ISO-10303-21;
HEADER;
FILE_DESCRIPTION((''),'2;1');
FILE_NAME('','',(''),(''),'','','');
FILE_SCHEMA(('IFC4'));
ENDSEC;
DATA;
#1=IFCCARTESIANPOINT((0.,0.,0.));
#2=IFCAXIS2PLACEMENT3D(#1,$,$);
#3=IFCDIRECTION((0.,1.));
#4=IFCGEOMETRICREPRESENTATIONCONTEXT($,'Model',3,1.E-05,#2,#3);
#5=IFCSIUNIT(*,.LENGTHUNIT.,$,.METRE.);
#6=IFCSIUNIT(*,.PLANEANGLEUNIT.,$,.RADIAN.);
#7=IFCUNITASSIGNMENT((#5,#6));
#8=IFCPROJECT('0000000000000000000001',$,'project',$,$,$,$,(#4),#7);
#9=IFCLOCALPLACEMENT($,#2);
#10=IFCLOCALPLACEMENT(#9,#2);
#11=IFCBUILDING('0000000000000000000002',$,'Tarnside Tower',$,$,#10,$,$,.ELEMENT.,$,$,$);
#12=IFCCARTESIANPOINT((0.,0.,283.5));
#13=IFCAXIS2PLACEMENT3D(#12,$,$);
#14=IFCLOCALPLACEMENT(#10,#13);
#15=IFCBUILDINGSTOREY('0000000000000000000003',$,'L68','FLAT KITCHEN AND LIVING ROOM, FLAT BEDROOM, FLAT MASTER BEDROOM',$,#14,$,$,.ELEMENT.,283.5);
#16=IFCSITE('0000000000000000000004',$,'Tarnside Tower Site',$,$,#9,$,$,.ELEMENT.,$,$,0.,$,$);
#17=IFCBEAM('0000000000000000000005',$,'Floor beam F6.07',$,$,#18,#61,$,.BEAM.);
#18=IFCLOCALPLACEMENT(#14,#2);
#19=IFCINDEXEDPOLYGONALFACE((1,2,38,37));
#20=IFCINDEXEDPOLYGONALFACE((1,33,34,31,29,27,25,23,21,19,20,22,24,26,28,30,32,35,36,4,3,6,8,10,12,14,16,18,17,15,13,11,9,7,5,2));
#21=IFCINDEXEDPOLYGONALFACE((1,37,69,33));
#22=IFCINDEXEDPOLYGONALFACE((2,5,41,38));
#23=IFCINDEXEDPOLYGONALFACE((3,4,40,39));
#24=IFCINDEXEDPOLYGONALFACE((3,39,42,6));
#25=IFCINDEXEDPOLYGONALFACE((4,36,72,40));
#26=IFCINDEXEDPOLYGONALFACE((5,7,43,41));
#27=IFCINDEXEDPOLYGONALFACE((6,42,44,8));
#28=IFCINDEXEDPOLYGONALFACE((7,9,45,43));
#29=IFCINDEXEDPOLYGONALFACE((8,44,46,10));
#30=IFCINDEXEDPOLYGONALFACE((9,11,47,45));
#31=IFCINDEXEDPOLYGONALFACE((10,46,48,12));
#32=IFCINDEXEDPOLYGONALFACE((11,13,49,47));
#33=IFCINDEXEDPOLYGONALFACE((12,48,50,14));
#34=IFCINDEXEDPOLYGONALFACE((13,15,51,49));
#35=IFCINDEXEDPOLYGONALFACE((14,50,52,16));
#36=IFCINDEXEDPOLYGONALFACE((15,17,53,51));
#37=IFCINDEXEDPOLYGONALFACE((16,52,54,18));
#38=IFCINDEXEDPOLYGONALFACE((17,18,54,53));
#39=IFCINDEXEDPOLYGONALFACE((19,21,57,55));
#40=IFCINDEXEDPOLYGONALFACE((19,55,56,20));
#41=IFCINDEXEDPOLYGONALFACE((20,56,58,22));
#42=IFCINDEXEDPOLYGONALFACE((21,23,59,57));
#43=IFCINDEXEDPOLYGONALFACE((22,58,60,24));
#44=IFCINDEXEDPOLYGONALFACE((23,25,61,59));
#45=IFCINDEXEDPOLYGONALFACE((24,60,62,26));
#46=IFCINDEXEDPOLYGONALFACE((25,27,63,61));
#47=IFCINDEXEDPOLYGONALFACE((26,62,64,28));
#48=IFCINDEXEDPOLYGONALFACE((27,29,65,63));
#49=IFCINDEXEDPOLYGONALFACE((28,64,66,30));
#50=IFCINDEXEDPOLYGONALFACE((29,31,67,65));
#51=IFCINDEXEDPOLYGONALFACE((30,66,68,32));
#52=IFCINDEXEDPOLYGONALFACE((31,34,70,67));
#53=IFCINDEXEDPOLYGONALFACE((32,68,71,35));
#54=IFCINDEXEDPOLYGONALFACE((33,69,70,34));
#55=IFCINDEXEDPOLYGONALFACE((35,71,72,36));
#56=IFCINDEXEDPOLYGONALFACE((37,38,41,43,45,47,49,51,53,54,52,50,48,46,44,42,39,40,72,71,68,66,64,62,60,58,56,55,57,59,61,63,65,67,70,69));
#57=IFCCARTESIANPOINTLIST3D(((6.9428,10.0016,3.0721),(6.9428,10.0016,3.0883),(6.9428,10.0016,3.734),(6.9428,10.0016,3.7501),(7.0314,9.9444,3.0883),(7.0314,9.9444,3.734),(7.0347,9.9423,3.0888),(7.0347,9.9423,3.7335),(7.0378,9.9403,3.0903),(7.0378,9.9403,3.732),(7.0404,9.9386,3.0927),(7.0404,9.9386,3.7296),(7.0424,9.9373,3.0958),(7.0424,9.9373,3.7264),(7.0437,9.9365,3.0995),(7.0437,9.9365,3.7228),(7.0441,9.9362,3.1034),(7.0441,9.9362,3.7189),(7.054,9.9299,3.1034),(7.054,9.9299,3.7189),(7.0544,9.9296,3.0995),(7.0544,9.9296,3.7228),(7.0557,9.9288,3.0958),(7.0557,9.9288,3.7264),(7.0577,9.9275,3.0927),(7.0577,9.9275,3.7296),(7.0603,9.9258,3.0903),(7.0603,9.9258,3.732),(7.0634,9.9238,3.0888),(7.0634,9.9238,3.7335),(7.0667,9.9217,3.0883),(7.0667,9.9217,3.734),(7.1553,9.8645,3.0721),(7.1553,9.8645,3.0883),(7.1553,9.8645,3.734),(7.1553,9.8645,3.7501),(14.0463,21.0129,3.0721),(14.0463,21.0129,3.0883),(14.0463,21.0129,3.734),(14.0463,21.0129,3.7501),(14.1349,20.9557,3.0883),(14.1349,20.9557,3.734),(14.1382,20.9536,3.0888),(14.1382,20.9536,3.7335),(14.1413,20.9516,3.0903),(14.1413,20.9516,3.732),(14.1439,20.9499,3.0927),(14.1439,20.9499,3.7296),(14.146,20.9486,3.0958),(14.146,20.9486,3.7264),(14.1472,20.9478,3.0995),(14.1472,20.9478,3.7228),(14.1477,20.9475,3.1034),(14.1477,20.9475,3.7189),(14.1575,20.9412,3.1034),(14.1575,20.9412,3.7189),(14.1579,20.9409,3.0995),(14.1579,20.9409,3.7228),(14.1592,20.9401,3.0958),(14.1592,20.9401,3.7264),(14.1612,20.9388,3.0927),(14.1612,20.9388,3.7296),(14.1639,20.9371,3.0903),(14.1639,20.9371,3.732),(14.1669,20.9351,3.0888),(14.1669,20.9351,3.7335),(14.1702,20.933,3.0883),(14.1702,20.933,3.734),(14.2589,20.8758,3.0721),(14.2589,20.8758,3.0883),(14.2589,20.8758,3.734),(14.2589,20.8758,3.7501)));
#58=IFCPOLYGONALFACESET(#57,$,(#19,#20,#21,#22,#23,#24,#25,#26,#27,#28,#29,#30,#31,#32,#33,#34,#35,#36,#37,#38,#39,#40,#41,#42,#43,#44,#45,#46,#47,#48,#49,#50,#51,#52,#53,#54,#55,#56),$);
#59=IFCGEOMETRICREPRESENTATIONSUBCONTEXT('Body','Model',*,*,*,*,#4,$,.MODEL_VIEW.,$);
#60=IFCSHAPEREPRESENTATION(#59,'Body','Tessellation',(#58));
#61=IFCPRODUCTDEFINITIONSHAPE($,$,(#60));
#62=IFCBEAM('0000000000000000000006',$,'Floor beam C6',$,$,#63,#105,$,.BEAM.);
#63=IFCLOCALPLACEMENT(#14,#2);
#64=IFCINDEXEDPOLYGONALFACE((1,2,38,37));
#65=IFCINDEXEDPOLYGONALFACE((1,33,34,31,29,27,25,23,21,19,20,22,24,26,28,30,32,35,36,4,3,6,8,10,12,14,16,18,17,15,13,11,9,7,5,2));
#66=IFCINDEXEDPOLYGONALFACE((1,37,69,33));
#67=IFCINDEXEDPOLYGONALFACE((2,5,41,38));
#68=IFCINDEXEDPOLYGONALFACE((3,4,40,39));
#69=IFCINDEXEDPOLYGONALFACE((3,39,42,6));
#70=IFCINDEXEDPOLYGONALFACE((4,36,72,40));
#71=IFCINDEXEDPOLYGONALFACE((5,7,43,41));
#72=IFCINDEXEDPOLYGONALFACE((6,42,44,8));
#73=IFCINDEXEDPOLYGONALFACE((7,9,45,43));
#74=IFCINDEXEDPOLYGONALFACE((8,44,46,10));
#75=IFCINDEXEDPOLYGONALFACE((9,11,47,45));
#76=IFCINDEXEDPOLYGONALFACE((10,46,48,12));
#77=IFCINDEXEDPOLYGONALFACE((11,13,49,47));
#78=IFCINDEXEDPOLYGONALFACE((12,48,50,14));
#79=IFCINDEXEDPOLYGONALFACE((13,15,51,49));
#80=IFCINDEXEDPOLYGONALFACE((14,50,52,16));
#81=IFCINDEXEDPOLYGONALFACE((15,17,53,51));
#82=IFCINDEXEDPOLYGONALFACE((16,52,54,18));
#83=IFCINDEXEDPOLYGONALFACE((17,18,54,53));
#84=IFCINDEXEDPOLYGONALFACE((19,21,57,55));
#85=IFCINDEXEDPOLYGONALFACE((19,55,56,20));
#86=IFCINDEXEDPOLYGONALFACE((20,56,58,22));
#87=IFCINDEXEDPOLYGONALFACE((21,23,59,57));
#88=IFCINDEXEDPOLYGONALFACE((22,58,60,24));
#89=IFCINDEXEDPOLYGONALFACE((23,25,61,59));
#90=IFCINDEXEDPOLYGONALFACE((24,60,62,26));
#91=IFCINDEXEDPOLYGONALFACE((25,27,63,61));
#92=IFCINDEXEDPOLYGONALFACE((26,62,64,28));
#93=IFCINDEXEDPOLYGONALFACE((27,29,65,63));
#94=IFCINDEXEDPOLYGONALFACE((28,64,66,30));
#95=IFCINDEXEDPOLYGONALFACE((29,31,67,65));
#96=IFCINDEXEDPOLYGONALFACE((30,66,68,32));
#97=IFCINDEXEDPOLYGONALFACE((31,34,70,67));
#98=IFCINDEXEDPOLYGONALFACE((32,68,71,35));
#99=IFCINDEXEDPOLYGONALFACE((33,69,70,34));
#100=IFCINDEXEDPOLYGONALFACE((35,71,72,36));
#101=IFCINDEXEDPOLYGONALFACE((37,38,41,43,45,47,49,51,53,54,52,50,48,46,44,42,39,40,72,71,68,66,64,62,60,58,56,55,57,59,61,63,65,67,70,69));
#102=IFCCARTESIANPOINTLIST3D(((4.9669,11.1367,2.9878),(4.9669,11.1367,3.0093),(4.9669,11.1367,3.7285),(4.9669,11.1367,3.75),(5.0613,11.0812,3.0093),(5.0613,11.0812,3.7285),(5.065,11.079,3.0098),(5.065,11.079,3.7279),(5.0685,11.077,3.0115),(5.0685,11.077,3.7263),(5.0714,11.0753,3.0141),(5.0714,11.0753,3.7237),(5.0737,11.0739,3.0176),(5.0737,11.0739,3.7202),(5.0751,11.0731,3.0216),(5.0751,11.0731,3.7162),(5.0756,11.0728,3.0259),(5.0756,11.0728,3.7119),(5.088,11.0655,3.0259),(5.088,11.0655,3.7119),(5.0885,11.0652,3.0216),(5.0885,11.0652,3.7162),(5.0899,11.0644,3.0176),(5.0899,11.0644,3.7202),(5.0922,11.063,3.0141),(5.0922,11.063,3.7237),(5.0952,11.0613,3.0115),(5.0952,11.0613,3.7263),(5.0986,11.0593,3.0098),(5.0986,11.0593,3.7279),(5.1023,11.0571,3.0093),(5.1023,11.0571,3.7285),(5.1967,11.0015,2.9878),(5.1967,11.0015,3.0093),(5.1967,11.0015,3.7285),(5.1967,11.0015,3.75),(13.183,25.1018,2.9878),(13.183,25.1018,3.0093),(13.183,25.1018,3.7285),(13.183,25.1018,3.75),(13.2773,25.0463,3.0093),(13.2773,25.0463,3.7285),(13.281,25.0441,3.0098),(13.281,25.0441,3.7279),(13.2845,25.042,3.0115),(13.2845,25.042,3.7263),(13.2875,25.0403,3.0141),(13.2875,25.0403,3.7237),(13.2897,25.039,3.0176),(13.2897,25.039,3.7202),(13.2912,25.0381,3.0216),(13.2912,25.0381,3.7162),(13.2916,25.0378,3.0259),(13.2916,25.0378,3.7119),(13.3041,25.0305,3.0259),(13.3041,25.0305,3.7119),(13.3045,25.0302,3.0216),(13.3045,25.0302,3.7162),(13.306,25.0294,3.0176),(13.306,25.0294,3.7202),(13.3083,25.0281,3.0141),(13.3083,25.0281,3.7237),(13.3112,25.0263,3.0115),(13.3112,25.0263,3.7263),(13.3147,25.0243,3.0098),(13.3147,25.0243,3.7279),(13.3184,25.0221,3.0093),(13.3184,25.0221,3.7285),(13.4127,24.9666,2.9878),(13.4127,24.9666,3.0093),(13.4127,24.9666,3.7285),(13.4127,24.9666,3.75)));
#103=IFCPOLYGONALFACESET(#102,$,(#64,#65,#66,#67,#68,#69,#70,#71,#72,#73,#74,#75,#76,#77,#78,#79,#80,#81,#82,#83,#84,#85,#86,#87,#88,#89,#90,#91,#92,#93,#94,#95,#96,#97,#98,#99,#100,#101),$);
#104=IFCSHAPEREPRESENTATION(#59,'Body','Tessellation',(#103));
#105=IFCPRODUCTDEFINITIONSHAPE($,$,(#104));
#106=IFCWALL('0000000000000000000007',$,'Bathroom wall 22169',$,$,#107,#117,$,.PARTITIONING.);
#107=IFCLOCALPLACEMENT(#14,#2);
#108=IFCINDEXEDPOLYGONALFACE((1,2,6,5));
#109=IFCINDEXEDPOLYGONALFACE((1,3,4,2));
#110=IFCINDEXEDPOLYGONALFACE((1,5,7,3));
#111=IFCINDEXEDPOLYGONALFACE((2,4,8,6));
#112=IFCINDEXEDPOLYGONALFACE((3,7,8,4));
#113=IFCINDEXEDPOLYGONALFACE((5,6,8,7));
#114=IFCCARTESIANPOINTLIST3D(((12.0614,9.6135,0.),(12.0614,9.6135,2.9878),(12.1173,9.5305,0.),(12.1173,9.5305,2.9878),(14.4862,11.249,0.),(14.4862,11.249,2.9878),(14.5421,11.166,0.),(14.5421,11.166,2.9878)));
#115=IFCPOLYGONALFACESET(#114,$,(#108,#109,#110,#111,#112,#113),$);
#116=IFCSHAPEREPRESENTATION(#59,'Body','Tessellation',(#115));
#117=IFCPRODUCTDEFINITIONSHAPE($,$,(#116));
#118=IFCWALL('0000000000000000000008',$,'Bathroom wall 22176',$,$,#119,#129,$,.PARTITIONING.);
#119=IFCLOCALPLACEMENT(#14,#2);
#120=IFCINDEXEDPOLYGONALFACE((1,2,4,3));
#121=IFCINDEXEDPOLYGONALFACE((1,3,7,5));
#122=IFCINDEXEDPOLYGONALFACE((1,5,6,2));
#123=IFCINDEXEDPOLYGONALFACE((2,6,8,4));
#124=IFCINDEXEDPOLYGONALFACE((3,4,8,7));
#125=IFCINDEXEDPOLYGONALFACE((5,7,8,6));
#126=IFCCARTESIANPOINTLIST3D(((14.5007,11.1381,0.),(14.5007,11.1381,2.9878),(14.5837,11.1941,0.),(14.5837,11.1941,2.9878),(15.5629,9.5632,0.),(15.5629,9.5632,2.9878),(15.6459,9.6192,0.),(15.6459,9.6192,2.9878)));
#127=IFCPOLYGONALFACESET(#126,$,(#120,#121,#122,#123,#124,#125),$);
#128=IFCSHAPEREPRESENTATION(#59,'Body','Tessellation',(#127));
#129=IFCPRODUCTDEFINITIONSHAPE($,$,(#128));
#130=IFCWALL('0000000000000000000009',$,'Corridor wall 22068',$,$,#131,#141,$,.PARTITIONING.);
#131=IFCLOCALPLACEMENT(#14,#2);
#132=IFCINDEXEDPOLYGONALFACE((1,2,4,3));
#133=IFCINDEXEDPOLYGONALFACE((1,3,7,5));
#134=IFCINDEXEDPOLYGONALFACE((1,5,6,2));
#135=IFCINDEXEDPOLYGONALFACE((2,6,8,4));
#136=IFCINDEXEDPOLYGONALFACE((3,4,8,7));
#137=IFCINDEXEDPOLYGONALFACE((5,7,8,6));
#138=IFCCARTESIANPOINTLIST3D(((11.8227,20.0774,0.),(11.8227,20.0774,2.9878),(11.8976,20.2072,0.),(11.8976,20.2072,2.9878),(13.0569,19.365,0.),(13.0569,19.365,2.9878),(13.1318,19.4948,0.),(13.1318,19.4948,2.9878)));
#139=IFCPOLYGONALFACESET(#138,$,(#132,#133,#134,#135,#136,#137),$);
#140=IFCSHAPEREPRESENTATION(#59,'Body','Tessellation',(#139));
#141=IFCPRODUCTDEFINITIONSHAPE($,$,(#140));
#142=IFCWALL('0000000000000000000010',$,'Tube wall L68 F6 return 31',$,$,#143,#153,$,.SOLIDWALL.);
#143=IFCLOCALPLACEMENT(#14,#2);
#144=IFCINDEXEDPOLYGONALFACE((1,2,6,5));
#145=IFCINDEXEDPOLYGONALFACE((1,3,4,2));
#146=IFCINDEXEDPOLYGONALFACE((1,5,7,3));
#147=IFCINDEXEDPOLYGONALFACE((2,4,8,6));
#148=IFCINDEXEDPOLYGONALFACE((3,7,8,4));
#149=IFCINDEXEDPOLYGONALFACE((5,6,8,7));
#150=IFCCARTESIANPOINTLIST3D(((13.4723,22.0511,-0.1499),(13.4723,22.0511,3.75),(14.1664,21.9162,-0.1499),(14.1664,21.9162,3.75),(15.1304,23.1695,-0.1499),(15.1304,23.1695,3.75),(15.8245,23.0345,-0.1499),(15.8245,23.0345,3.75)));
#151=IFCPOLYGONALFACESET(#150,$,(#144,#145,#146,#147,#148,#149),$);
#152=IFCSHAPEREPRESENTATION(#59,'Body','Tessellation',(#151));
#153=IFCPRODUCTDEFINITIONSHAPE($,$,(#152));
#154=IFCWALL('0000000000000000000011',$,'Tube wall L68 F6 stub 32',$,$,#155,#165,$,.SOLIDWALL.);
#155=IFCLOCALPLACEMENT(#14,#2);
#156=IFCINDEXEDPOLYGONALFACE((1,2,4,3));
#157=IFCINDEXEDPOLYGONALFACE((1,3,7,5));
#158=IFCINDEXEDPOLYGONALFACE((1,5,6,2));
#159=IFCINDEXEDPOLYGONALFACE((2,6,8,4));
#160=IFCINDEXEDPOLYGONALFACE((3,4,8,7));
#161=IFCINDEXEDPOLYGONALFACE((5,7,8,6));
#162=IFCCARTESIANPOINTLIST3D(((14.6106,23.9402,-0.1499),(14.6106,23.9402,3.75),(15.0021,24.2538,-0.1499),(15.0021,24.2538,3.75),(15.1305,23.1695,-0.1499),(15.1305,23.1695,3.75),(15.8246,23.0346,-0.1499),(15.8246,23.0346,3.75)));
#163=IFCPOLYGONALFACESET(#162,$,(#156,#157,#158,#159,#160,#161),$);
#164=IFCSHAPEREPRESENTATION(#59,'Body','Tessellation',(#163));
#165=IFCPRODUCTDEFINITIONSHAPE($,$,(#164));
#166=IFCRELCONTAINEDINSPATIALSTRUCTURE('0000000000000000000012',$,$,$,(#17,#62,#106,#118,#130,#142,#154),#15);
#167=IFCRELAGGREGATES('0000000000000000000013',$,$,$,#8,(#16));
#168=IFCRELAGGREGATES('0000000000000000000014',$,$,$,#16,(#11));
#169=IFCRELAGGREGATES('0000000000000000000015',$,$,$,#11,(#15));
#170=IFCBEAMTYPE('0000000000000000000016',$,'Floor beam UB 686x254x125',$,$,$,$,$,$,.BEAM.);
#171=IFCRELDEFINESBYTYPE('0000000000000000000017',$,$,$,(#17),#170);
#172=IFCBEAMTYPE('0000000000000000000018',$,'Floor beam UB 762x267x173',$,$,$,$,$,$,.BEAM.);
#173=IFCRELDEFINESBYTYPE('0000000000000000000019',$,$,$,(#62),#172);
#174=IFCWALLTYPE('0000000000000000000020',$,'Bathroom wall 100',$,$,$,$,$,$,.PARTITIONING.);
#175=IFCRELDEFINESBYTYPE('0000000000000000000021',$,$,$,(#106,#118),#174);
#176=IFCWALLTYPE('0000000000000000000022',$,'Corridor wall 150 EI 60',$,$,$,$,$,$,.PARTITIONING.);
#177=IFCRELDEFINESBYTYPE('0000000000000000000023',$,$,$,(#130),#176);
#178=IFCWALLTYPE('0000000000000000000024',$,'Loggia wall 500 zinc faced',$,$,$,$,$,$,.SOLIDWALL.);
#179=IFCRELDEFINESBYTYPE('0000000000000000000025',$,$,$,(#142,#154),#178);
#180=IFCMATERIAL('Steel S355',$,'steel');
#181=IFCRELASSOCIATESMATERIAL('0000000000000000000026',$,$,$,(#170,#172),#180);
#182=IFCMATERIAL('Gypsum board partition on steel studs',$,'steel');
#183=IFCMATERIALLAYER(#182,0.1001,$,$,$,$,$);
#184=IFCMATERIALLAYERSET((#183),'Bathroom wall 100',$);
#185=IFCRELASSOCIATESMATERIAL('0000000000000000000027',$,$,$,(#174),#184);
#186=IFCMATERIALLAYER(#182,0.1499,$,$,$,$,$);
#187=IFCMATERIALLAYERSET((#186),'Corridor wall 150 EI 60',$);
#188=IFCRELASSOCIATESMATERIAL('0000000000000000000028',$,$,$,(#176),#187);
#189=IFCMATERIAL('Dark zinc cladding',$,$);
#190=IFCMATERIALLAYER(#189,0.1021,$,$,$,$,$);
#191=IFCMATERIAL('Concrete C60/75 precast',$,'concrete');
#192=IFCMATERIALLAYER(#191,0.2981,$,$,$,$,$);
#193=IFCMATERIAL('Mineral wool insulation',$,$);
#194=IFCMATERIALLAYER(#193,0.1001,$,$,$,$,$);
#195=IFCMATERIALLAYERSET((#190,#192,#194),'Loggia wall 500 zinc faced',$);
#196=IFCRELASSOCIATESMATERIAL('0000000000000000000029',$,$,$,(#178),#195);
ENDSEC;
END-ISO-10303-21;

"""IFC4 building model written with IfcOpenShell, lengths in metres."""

from ifc_helpers import new_model, si_unit, direction, frame, frame_2d, origin, origin_2d, place, context, subcontext, project, spatial, polyline, rectangle, i_section, outline, extrude, material, layer, layer_set, material_profile, profile_set, type_object, element, save


model = new_model("IFC4")

# Units and contexts
model_context = context("Model", 3, precision=1e-05, world=origin(), true_north=direction((0.0, 1.0)))
body_context = subcontext(model_context, "Body", "Model", "MODEL_VIEW")
ifc_project = project(units=[si_unit("LENGTHUNIT", "METRE"), si_unit("PLANEANGLEUNIT", "RADIAN")], contexts=[model_context])

# Site, building, storey
site_placement = place(None, origin())
site = spatial("IfcSite", under=ifc_project, at=site_placement, Name="Tarnside Tower Site", CompositionType="ELEMENT", RefElevation=0.0)
building_placement = place(site_placement, origin())
building = spatial("IfcBuilding", under=site, at=building_placement, Name="Tarnside Tower", CompositionType="ELEMENT")
storey_placement = place(building_placement, frame((0.0, 0.0, 283.5)))
storey = spatial("IfcBuildingStorey", under=building, at=storey_placement, Name="L68", Description="FLAT KITCHEN AND LIVING ROOM, FLAT BEDROOM, FLAT MASTER BEDROOM", CompositionType="ELEMENT", Elevation=283.5)

# Beams
ifc_material_1 = material(Name="Steel S355", Category="steel")
ifc_material_profile_1 = material_profile(ifc_material_1, i_section(OverallWidth=0.2529, OverallDepth=0.678, WebThickness=0.0117, FlangeThickness=0.0161, FilletRadius=0.0151, at=origin_2d()), Name="UB 686x254x125")
ifc_profile_set_1 = profile_set([ifc_material_profile_1], Name="Steel S355")
beam_type_1 = type_object("IfcBeamType", Name="Floor beam UB 686x254x125", PredefinedType="BEAM", material=ifc_profile_set_1)
beam_1_placement = place(storey_placement, frame((14.1526, 20.9443, 3.4111), z_axis=(-0.5421, -0.840314, 0.0), x_axis=(0.840314, -0.5421, 0.0)))
element("IfcBeam", 1, at=beam_1_placement, inside=storey, type_object=beam_type_1, Name="Floor beam F6.07", PredefinedType="BEAM", context=body_context, shape_type="SweptSolid", body=[
    extrude(i_section(OverallWidth=0.2529, OverallDepth=0.678, WebThickness=0.0117, FlangeThickness=0.0161, FilletRadius=0.0151, at=origin_2d()), origin(), (0.0, 0.0, 1.0), 13.1038),
])
ifc_material_profile_2 = material_profile(ifc_material_1, i_section(OverallWidth=0.2666, OverallDepth=0.7622, WebThickness=0.0144, FlangeThickness=0.0215, FilletRadius=0.0166, at=origin_2d()), Name="UB 762x267x173")
ifc_profile_set_2 = profile_set([ifc_material_profile_2], Name="Steel S355")
beam_type_2 = type_object("IfcBeamType", Name="Floor beam UB 762x267x173", PredefinedType="BEAM", material=ifc_profile_set_2)
beam_2_placement = place(storey_placement, frame((13.2979, 25.0342, 3.3689), z_axis=(-0.50708, -0.861899, 0.0), x_axis=(0.861899, -0.50708, 0.0)))
element("IfcBeam", 2, at=beam_2_placement, inside=storey, type_object=beam_type_2, Name="Floor beam C6", PredefinedType="BEAM", context=body_context, shape_type="SweptSolid", body=[
    extrude(i_section(OverallWidth=0.2666, OverallDepth=0.7622, WebThickness=0.0144, FlangeThickness=0.0215, FilletRadius=0.0166, at=origin_2d()), origin(), (0.0, 0.0, 1.0), 16.2026),
])

# Walls
ifc_material_2 = material(Name="Gypsum board partition on steel studs", Category="steel")
ifc_layer_1 = layer(ifc_material_2, 0.1001)
ifc_layer_set_1 = layer_set([ifc_layer_1], Name="Bathroom wall 100")
wall_type_1 = type_object("IfcWallType", Name="Bathroom wall 100", PredefinedType="PARTITIONING", material=ifc_layer_set_1)
wall_1_placement = place(storey_placement, frame((12.0894, 9.572, 0.0), z_axis=(0.0, 0.0, 1.0), x_axis=(0.829046, 0.55918, 0.0)))
element("IfcWall", 3, at=wall_1_placement, inside=storey, type_object=wall_type_1, Name="Bathroom wall 22169", PredefinedType="PARTITIONING", context=body_context, shape_type="SweptSolid", body=[
    extrude(rectangle(XDim=2.9248, YDim=0.1001, at=frame_2d((1.4624, 0.0))), origin(), (0.0, 0.0, 1.0), 2.9878),
])
wall_2_placement = place(storey_placement, frame((14.5422, 11.166, 0.0), z_axis=(0.0, 0.0, 1.0), x_axis=(0.55917, -0.829053, 0.0)))
element("IfcWall", 4, at=wall_2_placement, inside=storey, type_object=wall_type_1, Name="Bathroom wall 22176", PredefinedType="PARTITIONING", context=body_context, shape_type="SweptSolid", body=[
    extrude(rectangle(XDim=1.8997, YDim=0.1001, at=frame_2d((0.9497, 0.0))), origin(), (0.0, 0.0, 1.0), 2.9878),
])
ifc_layer_2 = layer(ifc_material_2, 0.1499)
ifc_layer_set_2 = layer_set([ifc_layer_2], Name="Corridor wall 150 EI 60")
wall_type_2 = type_object("IfcWallType", Name="Corridor wall 150 EI 60", PredefinedType="PARTITIONING", material=ifc_layer_set_2)
wall_3_placement = place(storey_placement, frame((13.0942, 19.4299, 0.0), z_axis=(0.0, 0.0, 1.0), x_axis=(-0.866063, 0.499935, 0.0)))
element("IfcWall", 5, at=wall_3_placement, inside=storey, type_object=wall_type_2, Name="Corridor wall 22068", PredefinedType="PARTITIONING", context=body_context, shape_type="SweptSolid", body=[
    extrude(rectangle(XDim=1.425, YDim=0.1499, at=frame_2d((0.7124, 0.0))), origin(), (0.0, 0.0, 1.0), 2.9878),
])
ifc_material_3 = material(Name="Dark zinc cladding")
ifc_layer_3 = layer(ifc_material_3, 0.1021)
ifc_material_4 = material(Name="Concrete C60/75 precast", Category="concrete")
ifc_layer_4 = layer(ifc_material_4, 0.2981)
ifc_material_5 = material(Name="Mineral wool insulation")
ifc_layer_5 = layer(ifc_material_5, 0.1001)
ifc_layer_set_3 = layer_set([ifc_layer_3, ifc_layer_4, ifc_layer_5], Name="Loggia wall 500 zinc faced")
wall_type_3 = type_object("IfcWallType", Name="Loggia wall 500 zinc faced", PredefinedType="SOLIDWALL", material=ifc_layer_set_3)
wall_4_placement = place(storey_placement, frame((13.8193, 21.9836, -0.1499), z_axis=(0.0, 0.0, 1.0), x_axis=(0.829052, 0.559171, 0.0)))
element("IfcWall", 6, at=wall_4_placement, inside=storey, type_object=wall_type_3, Name="Tube wall L68 F6 return 31", PredefinedType="SOLIDWALL", context=body_context, shape_type="SweptSolid", body=[
    extrude(outline(polyline([(0.25, -0.25), (2.25, -0.25), (1.75, 0.25), (-0.25, 0.25), (0.25, -0.25)])), origin(), (0.0, 0.0, 1.0), 3.8999),
])
wall_5_placement = place(storey_placement, frame((15.4775, 23.1021, -0.1499), z_axis=(0.0, 0.0, 1.0), x_axis=(-0.559246, 0.829002, 0.0)))
element("IfcWall", 7, at=wall_5_placement, inside=storey, type_object=wall_type_3, Name="Tube wall L68 F6 stub 32", PredefinedType="SOLIDWALL", context=body_context, shape_type="SweptSolid", body=[
    extrude(outline(polyline([(-0.25, -0.25), (1.2207, -0.25), (1.1797, 0.25), (0.25, 0.25), (-0.25, -0.25)])), origin(), (0.0, 0.0, 1.0), 3.8999),
])

save(model, "model.ifc")
